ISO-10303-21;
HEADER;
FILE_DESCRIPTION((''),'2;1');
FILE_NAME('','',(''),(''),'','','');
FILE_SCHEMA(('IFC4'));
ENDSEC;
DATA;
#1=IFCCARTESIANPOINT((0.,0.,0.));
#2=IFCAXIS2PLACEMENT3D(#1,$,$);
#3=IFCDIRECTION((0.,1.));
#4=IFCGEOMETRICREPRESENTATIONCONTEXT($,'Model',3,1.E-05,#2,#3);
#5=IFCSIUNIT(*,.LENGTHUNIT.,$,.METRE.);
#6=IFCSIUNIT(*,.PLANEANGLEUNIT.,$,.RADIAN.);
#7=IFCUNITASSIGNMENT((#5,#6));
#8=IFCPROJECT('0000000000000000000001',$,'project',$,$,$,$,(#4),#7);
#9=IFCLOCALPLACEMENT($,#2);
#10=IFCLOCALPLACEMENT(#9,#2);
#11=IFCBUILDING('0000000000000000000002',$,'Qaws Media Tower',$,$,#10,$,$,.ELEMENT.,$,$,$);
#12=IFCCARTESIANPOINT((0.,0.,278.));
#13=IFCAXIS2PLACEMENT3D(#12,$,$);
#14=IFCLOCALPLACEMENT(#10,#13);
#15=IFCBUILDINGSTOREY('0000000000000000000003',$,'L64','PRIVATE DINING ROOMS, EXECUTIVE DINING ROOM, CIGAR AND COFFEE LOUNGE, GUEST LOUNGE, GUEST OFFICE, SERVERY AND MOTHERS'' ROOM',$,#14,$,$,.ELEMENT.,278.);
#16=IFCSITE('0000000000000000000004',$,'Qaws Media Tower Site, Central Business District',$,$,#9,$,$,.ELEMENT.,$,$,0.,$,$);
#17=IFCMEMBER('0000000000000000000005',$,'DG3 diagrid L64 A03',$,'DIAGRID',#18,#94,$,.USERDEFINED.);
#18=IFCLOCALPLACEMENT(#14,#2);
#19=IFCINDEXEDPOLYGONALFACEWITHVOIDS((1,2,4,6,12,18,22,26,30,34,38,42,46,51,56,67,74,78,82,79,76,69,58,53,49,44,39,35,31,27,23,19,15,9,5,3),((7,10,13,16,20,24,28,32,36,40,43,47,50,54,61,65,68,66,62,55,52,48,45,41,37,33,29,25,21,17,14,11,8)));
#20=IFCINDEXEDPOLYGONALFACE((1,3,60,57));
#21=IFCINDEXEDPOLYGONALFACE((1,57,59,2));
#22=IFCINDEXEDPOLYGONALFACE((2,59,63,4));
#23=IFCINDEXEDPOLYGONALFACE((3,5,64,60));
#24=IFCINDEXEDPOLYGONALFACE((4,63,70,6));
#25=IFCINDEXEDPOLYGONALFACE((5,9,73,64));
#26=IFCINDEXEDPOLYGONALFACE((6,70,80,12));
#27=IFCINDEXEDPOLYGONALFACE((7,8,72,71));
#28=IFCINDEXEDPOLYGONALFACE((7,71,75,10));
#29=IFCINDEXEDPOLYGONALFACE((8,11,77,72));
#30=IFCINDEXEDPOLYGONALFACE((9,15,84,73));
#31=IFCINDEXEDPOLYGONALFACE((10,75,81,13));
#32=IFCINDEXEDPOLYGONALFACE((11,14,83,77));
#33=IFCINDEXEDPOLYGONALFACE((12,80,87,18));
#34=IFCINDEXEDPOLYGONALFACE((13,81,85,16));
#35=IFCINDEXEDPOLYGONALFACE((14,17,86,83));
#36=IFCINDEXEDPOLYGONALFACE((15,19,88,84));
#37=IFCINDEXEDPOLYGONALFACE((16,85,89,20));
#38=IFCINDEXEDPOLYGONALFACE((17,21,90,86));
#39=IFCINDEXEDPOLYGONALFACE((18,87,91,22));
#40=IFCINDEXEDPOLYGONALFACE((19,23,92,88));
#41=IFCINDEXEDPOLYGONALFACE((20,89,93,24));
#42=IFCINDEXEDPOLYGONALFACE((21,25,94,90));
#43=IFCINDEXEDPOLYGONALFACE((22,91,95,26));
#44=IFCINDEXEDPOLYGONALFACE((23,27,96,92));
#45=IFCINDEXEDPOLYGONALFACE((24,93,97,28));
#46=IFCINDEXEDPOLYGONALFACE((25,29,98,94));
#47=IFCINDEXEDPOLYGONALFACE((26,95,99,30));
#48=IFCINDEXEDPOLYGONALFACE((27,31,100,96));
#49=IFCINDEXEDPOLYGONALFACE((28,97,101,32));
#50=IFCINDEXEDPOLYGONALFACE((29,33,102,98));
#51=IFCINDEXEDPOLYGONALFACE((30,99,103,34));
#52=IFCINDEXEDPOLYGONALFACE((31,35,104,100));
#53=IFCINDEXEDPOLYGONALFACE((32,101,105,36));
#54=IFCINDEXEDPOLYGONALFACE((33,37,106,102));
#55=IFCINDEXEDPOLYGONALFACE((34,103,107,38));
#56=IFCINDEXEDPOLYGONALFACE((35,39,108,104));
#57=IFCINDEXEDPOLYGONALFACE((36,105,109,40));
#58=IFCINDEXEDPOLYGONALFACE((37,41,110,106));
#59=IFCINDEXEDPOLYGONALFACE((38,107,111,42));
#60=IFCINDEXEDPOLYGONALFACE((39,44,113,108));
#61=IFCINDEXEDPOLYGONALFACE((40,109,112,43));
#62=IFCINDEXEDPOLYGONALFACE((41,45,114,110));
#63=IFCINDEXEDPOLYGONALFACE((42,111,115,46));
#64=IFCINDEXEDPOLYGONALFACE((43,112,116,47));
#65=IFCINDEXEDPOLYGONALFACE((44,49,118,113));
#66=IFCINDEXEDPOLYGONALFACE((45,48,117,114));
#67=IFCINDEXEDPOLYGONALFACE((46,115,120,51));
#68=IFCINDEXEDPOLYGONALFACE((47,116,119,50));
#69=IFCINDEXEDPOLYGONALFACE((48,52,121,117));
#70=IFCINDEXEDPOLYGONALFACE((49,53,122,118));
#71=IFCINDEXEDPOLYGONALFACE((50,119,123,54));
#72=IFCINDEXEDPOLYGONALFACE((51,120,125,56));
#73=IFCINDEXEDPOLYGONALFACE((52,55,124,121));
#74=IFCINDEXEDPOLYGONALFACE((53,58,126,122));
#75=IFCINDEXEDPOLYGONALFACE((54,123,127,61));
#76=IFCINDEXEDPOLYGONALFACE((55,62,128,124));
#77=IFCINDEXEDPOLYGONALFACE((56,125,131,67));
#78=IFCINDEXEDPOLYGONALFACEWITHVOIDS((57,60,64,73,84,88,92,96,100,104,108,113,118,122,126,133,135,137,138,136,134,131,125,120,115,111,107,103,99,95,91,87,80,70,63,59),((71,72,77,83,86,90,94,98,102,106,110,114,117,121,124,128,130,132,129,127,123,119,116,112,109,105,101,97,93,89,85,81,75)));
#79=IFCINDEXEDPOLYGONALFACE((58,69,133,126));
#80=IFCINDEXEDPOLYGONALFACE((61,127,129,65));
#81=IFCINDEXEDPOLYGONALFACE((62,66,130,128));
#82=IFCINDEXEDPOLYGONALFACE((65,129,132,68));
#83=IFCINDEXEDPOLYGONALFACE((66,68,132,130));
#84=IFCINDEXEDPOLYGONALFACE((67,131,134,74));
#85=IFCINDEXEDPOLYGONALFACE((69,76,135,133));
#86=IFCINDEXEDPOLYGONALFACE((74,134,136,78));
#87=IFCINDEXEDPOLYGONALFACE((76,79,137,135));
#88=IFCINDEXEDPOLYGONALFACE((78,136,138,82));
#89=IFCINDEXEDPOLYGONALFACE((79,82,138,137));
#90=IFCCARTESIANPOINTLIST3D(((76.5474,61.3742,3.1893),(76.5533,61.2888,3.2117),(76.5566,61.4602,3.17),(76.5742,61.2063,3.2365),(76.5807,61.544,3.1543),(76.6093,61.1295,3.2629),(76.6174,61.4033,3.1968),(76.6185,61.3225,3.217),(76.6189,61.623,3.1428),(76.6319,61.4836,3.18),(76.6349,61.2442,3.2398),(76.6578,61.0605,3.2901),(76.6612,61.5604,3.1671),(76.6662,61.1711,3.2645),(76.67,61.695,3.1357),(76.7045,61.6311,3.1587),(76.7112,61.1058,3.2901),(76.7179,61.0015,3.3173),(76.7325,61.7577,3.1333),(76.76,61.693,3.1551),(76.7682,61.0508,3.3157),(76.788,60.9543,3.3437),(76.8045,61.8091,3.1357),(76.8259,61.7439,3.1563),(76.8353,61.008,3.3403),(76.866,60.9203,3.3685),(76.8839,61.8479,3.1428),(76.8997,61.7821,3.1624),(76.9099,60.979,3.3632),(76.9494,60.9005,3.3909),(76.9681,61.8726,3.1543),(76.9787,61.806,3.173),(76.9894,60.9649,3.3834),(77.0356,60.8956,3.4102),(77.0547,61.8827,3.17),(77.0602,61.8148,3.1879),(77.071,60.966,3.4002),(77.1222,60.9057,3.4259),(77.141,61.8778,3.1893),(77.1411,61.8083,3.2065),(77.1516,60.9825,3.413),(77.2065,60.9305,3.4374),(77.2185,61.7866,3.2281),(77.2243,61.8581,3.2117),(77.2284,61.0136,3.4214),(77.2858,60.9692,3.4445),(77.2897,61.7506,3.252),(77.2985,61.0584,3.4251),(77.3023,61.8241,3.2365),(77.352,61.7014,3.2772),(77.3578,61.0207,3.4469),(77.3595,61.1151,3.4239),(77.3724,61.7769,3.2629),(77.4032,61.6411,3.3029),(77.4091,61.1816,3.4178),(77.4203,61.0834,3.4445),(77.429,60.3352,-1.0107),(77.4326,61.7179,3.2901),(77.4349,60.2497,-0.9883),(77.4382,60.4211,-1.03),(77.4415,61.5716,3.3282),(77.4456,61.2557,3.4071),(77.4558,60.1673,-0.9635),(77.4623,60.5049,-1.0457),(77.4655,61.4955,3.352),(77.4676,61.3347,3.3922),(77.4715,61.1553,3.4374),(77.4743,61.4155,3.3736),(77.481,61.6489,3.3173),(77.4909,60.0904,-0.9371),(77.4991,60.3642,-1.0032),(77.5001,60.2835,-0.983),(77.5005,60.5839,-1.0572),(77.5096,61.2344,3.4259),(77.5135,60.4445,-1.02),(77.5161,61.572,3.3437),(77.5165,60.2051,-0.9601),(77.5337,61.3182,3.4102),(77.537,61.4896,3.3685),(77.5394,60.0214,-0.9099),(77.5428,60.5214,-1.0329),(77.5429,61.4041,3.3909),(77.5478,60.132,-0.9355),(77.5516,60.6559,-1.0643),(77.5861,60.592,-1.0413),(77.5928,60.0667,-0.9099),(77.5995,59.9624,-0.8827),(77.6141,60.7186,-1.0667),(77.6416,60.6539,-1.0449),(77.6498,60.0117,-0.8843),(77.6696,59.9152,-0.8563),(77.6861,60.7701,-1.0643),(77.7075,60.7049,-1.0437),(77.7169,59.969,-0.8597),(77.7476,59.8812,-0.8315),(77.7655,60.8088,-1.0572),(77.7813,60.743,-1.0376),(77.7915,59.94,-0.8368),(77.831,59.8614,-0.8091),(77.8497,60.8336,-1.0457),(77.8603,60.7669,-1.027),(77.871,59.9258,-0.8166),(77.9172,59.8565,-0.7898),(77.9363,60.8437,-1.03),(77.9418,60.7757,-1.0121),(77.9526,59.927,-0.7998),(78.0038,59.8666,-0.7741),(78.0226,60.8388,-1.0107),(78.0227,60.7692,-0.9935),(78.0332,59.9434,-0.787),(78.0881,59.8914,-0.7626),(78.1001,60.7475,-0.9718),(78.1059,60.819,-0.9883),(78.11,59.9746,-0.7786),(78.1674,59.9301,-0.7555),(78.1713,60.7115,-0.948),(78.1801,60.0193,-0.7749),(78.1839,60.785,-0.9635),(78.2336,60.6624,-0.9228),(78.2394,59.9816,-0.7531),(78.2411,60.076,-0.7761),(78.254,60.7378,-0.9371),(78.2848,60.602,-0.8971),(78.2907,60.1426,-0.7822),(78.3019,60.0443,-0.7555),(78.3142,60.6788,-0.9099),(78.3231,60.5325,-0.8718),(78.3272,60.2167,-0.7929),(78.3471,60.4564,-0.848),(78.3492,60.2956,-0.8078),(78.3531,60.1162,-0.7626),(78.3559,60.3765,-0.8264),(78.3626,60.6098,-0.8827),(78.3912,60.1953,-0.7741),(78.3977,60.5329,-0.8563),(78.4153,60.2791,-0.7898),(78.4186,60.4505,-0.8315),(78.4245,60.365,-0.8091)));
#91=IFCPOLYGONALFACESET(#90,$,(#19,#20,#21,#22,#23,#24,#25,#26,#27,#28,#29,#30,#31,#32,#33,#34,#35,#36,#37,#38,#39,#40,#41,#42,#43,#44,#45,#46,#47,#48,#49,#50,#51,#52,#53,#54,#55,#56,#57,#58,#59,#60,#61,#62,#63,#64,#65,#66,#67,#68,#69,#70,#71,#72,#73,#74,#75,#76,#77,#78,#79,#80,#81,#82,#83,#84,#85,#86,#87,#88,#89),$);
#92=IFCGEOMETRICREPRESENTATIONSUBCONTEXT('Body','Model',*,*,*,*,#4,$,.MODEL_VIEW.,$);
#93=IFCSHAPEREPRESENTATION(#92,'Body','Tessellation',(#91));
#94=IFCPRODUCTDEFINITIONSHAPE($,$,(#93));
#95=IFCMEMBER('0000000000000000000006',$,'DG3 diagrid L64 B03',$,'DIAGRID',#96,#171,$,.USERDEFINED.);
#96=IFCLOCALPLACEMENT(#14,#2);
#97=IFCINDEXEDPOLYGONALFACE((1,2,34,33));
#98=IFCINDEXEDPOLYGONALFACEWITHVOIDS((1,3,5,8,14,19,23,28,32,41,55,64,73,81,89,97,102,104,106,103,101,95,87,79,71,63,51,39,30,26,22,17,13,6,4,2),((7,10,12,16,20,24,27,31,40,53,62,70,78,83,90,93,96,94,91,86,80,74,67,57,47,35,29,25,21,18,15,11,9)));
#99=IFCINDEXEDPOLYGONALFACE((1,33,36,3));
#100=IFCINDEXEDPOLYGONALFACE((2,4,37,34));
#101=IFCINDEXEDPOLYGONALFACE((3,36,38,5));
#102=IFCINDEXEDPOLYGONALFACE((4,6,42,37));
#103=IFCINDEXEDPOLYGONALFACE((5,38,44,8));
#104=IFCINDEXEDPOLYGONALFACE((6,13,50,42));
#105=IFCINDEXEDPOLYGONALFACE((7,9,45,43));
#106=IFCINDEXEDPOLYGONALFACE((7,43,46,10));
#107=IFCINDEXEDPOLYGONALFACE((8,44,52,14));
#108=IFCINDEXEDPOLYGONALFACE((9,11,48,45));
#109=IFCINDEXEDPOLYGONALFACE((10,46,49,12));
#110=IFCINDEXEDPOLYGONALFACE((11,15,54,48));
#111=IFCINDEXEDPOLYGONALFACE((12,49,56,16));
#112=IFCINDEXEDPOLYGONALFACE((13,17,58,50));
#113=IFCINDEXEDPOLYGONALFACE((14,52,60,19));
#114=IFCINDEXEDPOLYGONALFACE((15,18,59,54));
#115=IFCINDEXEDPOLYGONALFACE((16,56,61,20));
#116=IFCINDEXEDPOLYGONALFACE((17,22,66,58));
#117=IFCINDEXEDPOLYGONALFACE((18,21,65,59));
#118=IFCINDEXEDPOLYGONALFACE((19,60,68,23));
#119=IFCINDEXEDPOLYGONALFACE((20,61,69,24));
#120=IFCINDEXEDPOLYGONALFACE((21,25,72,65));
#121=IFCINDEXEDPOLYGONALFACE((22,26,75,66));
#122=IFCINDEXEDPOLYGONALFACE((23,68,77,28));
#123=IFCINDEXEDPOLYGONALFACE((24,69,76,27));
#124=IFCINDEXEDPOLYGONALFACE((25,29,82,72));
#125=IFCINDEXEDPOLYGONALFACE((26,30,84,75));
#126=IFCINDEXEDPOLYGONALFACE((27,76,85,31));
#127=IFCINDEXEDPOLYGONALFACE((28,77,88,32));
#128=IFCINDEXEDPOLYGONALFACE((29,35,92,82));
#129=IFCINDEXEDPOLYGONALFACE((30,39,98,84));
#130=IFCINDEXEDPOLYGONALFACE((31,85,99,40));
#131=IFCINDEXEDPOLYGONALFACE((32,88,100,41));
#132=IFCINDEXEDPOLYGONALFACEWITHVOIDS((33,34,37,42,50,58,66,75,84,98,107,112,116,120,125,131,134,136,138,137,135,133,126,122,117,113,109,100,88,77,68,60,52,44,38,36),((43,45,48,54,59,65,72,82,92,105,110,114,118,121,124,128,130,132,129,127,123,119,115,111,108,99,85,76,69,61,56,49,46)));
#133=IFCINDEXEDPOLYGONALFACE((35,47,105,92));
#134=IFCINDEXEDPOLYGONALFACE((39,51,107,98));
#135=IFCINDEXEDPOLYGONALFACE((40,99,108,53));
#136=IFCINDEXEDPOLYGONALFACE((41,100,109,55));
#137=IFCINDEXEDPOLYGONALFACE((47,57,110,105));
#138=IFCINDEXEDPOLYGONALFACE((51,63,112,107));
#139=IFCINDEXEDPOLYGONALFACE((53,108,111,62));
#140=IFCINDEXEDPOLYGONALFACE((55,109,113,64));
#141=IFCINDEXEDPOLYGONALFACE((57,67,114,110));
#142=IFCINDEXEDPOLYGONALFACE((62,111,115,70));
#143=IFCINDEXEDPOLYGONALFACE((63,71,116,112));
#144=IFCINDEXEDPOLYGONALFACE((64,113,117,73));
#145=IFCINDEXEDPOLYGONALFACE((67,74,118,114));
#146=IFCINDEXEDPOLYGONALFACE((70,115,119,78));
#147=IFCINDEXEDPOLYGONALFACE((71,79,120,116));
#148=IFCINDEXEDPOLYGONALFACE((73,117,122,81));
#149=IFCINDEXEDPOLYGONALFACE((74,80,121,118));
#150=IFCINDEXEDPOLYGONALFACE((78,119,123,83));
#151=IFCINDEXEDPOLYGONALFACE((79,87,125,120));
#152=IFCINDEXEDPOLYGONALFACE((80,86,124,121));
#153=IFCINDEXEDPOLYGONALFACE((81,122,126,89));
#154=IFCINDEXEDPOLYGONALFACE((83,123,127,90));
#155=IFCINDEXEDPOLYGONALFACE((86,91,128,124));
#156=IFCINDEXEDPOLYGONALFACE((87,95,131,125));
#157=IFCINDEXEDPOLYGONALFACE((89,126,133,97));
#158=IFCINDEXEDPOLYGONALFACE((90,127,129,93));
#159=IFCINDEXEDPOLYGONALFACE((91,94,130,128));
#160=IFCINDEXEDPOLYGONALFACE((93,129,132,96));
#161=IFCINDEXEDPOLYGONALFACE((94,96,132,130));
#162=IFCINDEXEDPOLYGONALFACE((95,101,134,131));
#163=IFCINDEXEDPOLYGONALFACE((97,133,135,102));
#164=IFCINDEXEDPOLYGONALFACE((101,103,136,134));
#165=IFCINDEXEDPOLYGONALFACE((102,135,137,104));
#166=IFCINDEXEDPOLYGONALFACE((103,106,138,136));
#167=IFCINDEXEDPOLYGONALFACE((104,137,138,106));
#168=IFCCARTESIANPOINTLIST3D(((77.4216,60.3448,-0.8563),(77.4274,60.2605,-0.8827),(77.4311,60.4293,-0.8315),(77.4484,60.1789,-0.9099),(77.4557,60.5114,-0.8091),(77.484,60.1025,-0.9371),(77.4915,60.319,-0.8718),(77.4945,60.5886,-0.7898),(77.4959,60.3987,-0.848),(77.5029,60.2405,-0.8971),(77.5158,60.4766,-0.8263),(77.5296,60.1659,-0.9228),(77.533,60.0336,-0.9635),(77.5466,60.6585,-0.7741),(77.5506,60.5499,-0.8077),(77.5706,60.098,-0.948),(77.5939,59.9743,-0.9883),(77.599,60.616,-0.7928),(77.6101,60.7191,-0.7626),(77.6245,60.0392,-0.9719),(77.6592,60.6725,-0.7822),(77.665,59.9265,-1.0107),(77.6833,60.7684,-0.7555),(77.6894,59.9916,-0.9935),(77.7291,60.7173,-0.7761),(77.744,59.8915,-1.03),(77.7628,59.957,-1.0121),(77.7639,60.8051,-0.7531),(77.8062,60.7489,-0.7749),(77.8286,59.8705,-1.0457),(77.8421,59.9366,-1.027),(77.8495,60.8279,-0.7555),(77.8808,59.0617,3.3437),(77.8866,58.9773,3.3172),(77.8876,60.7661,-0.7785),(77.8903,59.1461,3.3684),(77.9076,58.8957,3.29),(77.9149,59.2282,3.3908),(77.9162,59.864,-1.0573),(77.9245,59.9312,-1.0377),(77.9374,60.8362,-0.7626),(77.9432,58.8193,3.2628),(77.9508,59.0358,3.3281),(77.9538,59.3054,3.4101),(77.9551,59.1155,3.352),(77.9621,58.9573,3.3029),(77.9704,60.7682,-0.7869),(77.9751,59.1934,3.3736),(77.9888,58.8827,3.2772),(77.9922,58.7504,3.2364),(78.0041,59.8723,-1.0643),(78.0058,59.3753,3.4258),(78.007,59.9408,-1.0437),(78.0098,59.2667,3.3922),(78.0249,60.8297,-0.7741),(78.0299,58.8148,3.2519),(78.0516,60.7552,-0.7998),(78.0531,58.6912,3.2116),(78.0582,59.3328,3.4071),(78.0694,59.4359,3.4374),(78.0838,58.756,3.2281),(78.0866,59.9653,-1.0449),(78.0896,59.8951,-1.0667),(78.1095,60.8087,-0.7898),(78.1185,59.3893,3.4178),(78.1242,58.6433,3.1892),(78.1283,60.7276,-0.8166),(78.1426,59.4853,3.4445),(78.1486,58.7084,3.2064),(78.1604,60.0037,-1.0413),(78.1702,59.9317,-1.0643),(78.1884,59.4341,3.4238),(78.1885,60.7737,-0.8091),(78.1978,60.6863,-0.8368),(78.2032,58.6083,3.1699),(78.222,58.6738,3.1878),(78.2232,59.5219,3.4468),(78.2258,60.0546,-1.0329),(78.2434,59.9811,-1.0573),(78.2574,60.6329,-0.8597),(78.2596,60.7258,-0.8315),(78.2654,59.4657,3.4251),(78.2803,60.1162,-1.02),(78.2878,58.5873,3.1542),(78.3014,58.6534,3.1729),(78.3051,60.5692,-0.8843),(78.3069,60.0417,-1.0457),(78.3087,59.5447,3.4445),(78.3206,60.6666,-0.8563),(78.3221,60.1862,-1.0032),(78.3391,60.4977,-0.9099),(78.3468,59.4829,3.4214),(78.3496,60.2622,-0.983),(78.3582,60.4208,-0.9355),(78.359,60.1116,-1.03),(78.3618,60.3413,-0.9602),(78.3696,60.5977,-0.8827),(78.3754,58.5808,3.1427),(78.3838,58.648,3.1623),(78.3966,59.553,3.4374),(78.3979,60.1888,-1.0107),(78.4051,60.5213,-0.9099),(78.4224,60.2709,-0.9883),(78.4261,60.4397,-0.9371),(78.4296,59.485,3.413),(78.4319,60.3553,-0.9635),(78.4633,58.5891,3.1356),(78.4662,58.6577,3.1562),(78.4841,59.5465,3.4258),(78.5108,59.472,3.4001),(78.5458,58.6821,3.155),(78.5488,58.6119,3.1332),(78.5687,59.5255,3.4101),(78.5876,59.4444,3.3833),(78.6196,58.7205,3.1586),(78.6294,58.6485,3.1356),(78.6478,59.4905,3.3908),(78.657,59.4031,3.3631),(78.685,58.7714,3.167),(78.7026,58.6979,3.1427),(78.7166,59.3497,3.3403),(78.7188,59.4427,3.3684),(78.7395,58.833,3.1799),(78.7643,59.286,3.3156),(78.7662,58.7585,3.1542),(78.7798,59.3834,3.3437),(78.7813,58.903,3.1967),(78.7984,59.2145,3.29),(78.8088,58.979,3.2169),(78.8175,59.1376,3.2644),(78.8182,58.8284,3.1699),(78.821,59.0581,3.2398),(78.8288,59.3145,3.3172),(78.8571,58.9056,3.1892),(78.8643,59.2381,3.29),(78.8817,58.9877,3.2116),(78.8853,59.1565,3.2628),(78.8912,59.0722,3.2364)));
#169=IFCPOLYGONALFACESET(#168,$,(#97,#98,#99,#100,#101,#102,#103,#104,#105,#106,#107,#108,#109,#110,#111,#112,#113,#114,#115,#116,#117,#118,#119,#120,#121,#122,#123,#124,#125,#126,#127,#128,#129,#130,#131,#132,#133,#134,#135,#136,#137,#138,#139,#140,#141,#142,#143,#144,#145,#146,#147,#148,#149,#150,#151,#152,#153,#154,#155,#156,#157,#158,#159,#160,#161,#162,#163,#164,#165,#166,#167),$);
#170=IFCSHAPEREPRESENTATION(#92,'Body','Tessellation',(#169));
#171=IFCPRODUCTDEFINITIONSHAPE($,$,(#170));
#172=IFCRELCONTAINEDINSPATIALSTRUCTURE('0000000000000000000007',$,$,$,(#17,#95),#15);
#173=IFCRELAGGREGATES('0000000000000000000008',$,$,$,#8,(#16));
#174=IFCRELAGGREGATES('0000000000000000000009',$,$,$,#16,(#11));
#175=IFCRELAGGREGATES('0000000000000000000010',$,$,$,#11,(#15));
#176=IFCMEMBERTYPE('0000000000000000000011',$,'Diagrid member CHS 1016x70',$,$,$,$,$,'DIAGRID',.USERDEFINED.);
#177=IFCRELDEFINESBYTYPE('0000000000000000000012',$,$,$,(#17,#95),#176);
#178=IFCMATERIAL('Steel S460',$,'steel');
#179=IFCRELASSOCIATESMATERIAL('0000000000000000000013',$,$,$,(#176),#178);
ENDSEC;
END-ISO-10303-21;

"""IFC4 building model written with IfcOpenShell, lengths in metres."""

from ifc_helpers import new_model, si_unit, direction, frame, origin, origin_2d, place, context, subcontext, project, spatial, hollow_circle, extrude, material, material_profile, profile_set, type_object, element, save


model = new_model("IFC4")

# Units and contexts
model_context = context("Model", 3, precision=1e-05, world=origin(), true_north=direction((0.0, 1.0)))
body_context = subcontext(model_context, "Body", "Model", "MODEL_VIEW")
ifc_project = project(units=[si_unit("LENGTHUNIT", "METRE"), si_unit("PLANEANGLEUNIT", "RADIAN")], contexts=[model_context])

# Site, building, storey
site_placement = place(None, origin())
site = spatial("IfcSite", under=ifc_project, at=site_placement, Name="Qaws Media Tower Site, Central Business District", CompositionType="ELEMENT", RefElevation=0.0)
building_placement = place(site_placement, origin())
building = spatial("IfcBuilding", under=site, at=building_placement, Name="Qaws Media Tower", CompositionType="ELEMENT")
storey_placement = place(building_placement, frame((0.0, 0.0, 278.0)))
storey = spatial("IfcBuildingStorey", under=building, at=storey_placement, Name="L64", Description="PRIVATE DINING ROOMS, EXECUTIVE DINING ROOM, CIGAR AND COFFEE LOUNGE, GUEST LOUNGE, GUEST OFFICE, SERVERY AND MOTHERS' ROOM", CompositionType="ELEMENT", Elevation=278.0)

# Members
ifc_material_1 = material(Name="Steel S460", Category="steel")
ifc_material_profile_1 = material_profile(ifc_material_1, hollow_circle(Radius=0.5081, WallThickness=0.0701, at=origin_2d()), Name="CHS 1016x70")
ifc_profile_set_1 = profile_set([ifc_material_profile_1], Name="Steel S460")
member_type_1 = type_object("IfcMemberType", Name="Diagrid member CHS 1016x70", ElementType="DIAGRID", PredefinedType="USERDEFINED", material=ifc_profile_set_1)
for number, where, z_axis, x_axis, name in (
    (1, (77.9268, 60.3501, -0.9099), (-0.199659, 0.235323, 0.951188), (-0.762523, -0.646962, 0.0), "DG3 diagrid L64 A03"),
    (2, (77.9268, 60.3501, -0.9099), (0.104003, -0.29061, 0.951173), (0.941523, 0.336949, 0.0), "DG3 diagrid L64 B03"),
):
    element("IfcMember", number, at=place(storey_placement, frame(where, z_axis=z_axis, x_axis=x_axis)), inside=storey, type_object=member_type_1, Name=name, ObjectType="DIAGRID", PredefinedType="USERDEFINED", context=body_context, shape_type="SweptSolid", body=[
        extrude(hollow_circle(Radius=0.5081, WallThickness=0.0701, at=origin_2d()), origin(), (0.0, 0.0, 1.0), 4.4155),
    ])

save(model, "model.ifc")
